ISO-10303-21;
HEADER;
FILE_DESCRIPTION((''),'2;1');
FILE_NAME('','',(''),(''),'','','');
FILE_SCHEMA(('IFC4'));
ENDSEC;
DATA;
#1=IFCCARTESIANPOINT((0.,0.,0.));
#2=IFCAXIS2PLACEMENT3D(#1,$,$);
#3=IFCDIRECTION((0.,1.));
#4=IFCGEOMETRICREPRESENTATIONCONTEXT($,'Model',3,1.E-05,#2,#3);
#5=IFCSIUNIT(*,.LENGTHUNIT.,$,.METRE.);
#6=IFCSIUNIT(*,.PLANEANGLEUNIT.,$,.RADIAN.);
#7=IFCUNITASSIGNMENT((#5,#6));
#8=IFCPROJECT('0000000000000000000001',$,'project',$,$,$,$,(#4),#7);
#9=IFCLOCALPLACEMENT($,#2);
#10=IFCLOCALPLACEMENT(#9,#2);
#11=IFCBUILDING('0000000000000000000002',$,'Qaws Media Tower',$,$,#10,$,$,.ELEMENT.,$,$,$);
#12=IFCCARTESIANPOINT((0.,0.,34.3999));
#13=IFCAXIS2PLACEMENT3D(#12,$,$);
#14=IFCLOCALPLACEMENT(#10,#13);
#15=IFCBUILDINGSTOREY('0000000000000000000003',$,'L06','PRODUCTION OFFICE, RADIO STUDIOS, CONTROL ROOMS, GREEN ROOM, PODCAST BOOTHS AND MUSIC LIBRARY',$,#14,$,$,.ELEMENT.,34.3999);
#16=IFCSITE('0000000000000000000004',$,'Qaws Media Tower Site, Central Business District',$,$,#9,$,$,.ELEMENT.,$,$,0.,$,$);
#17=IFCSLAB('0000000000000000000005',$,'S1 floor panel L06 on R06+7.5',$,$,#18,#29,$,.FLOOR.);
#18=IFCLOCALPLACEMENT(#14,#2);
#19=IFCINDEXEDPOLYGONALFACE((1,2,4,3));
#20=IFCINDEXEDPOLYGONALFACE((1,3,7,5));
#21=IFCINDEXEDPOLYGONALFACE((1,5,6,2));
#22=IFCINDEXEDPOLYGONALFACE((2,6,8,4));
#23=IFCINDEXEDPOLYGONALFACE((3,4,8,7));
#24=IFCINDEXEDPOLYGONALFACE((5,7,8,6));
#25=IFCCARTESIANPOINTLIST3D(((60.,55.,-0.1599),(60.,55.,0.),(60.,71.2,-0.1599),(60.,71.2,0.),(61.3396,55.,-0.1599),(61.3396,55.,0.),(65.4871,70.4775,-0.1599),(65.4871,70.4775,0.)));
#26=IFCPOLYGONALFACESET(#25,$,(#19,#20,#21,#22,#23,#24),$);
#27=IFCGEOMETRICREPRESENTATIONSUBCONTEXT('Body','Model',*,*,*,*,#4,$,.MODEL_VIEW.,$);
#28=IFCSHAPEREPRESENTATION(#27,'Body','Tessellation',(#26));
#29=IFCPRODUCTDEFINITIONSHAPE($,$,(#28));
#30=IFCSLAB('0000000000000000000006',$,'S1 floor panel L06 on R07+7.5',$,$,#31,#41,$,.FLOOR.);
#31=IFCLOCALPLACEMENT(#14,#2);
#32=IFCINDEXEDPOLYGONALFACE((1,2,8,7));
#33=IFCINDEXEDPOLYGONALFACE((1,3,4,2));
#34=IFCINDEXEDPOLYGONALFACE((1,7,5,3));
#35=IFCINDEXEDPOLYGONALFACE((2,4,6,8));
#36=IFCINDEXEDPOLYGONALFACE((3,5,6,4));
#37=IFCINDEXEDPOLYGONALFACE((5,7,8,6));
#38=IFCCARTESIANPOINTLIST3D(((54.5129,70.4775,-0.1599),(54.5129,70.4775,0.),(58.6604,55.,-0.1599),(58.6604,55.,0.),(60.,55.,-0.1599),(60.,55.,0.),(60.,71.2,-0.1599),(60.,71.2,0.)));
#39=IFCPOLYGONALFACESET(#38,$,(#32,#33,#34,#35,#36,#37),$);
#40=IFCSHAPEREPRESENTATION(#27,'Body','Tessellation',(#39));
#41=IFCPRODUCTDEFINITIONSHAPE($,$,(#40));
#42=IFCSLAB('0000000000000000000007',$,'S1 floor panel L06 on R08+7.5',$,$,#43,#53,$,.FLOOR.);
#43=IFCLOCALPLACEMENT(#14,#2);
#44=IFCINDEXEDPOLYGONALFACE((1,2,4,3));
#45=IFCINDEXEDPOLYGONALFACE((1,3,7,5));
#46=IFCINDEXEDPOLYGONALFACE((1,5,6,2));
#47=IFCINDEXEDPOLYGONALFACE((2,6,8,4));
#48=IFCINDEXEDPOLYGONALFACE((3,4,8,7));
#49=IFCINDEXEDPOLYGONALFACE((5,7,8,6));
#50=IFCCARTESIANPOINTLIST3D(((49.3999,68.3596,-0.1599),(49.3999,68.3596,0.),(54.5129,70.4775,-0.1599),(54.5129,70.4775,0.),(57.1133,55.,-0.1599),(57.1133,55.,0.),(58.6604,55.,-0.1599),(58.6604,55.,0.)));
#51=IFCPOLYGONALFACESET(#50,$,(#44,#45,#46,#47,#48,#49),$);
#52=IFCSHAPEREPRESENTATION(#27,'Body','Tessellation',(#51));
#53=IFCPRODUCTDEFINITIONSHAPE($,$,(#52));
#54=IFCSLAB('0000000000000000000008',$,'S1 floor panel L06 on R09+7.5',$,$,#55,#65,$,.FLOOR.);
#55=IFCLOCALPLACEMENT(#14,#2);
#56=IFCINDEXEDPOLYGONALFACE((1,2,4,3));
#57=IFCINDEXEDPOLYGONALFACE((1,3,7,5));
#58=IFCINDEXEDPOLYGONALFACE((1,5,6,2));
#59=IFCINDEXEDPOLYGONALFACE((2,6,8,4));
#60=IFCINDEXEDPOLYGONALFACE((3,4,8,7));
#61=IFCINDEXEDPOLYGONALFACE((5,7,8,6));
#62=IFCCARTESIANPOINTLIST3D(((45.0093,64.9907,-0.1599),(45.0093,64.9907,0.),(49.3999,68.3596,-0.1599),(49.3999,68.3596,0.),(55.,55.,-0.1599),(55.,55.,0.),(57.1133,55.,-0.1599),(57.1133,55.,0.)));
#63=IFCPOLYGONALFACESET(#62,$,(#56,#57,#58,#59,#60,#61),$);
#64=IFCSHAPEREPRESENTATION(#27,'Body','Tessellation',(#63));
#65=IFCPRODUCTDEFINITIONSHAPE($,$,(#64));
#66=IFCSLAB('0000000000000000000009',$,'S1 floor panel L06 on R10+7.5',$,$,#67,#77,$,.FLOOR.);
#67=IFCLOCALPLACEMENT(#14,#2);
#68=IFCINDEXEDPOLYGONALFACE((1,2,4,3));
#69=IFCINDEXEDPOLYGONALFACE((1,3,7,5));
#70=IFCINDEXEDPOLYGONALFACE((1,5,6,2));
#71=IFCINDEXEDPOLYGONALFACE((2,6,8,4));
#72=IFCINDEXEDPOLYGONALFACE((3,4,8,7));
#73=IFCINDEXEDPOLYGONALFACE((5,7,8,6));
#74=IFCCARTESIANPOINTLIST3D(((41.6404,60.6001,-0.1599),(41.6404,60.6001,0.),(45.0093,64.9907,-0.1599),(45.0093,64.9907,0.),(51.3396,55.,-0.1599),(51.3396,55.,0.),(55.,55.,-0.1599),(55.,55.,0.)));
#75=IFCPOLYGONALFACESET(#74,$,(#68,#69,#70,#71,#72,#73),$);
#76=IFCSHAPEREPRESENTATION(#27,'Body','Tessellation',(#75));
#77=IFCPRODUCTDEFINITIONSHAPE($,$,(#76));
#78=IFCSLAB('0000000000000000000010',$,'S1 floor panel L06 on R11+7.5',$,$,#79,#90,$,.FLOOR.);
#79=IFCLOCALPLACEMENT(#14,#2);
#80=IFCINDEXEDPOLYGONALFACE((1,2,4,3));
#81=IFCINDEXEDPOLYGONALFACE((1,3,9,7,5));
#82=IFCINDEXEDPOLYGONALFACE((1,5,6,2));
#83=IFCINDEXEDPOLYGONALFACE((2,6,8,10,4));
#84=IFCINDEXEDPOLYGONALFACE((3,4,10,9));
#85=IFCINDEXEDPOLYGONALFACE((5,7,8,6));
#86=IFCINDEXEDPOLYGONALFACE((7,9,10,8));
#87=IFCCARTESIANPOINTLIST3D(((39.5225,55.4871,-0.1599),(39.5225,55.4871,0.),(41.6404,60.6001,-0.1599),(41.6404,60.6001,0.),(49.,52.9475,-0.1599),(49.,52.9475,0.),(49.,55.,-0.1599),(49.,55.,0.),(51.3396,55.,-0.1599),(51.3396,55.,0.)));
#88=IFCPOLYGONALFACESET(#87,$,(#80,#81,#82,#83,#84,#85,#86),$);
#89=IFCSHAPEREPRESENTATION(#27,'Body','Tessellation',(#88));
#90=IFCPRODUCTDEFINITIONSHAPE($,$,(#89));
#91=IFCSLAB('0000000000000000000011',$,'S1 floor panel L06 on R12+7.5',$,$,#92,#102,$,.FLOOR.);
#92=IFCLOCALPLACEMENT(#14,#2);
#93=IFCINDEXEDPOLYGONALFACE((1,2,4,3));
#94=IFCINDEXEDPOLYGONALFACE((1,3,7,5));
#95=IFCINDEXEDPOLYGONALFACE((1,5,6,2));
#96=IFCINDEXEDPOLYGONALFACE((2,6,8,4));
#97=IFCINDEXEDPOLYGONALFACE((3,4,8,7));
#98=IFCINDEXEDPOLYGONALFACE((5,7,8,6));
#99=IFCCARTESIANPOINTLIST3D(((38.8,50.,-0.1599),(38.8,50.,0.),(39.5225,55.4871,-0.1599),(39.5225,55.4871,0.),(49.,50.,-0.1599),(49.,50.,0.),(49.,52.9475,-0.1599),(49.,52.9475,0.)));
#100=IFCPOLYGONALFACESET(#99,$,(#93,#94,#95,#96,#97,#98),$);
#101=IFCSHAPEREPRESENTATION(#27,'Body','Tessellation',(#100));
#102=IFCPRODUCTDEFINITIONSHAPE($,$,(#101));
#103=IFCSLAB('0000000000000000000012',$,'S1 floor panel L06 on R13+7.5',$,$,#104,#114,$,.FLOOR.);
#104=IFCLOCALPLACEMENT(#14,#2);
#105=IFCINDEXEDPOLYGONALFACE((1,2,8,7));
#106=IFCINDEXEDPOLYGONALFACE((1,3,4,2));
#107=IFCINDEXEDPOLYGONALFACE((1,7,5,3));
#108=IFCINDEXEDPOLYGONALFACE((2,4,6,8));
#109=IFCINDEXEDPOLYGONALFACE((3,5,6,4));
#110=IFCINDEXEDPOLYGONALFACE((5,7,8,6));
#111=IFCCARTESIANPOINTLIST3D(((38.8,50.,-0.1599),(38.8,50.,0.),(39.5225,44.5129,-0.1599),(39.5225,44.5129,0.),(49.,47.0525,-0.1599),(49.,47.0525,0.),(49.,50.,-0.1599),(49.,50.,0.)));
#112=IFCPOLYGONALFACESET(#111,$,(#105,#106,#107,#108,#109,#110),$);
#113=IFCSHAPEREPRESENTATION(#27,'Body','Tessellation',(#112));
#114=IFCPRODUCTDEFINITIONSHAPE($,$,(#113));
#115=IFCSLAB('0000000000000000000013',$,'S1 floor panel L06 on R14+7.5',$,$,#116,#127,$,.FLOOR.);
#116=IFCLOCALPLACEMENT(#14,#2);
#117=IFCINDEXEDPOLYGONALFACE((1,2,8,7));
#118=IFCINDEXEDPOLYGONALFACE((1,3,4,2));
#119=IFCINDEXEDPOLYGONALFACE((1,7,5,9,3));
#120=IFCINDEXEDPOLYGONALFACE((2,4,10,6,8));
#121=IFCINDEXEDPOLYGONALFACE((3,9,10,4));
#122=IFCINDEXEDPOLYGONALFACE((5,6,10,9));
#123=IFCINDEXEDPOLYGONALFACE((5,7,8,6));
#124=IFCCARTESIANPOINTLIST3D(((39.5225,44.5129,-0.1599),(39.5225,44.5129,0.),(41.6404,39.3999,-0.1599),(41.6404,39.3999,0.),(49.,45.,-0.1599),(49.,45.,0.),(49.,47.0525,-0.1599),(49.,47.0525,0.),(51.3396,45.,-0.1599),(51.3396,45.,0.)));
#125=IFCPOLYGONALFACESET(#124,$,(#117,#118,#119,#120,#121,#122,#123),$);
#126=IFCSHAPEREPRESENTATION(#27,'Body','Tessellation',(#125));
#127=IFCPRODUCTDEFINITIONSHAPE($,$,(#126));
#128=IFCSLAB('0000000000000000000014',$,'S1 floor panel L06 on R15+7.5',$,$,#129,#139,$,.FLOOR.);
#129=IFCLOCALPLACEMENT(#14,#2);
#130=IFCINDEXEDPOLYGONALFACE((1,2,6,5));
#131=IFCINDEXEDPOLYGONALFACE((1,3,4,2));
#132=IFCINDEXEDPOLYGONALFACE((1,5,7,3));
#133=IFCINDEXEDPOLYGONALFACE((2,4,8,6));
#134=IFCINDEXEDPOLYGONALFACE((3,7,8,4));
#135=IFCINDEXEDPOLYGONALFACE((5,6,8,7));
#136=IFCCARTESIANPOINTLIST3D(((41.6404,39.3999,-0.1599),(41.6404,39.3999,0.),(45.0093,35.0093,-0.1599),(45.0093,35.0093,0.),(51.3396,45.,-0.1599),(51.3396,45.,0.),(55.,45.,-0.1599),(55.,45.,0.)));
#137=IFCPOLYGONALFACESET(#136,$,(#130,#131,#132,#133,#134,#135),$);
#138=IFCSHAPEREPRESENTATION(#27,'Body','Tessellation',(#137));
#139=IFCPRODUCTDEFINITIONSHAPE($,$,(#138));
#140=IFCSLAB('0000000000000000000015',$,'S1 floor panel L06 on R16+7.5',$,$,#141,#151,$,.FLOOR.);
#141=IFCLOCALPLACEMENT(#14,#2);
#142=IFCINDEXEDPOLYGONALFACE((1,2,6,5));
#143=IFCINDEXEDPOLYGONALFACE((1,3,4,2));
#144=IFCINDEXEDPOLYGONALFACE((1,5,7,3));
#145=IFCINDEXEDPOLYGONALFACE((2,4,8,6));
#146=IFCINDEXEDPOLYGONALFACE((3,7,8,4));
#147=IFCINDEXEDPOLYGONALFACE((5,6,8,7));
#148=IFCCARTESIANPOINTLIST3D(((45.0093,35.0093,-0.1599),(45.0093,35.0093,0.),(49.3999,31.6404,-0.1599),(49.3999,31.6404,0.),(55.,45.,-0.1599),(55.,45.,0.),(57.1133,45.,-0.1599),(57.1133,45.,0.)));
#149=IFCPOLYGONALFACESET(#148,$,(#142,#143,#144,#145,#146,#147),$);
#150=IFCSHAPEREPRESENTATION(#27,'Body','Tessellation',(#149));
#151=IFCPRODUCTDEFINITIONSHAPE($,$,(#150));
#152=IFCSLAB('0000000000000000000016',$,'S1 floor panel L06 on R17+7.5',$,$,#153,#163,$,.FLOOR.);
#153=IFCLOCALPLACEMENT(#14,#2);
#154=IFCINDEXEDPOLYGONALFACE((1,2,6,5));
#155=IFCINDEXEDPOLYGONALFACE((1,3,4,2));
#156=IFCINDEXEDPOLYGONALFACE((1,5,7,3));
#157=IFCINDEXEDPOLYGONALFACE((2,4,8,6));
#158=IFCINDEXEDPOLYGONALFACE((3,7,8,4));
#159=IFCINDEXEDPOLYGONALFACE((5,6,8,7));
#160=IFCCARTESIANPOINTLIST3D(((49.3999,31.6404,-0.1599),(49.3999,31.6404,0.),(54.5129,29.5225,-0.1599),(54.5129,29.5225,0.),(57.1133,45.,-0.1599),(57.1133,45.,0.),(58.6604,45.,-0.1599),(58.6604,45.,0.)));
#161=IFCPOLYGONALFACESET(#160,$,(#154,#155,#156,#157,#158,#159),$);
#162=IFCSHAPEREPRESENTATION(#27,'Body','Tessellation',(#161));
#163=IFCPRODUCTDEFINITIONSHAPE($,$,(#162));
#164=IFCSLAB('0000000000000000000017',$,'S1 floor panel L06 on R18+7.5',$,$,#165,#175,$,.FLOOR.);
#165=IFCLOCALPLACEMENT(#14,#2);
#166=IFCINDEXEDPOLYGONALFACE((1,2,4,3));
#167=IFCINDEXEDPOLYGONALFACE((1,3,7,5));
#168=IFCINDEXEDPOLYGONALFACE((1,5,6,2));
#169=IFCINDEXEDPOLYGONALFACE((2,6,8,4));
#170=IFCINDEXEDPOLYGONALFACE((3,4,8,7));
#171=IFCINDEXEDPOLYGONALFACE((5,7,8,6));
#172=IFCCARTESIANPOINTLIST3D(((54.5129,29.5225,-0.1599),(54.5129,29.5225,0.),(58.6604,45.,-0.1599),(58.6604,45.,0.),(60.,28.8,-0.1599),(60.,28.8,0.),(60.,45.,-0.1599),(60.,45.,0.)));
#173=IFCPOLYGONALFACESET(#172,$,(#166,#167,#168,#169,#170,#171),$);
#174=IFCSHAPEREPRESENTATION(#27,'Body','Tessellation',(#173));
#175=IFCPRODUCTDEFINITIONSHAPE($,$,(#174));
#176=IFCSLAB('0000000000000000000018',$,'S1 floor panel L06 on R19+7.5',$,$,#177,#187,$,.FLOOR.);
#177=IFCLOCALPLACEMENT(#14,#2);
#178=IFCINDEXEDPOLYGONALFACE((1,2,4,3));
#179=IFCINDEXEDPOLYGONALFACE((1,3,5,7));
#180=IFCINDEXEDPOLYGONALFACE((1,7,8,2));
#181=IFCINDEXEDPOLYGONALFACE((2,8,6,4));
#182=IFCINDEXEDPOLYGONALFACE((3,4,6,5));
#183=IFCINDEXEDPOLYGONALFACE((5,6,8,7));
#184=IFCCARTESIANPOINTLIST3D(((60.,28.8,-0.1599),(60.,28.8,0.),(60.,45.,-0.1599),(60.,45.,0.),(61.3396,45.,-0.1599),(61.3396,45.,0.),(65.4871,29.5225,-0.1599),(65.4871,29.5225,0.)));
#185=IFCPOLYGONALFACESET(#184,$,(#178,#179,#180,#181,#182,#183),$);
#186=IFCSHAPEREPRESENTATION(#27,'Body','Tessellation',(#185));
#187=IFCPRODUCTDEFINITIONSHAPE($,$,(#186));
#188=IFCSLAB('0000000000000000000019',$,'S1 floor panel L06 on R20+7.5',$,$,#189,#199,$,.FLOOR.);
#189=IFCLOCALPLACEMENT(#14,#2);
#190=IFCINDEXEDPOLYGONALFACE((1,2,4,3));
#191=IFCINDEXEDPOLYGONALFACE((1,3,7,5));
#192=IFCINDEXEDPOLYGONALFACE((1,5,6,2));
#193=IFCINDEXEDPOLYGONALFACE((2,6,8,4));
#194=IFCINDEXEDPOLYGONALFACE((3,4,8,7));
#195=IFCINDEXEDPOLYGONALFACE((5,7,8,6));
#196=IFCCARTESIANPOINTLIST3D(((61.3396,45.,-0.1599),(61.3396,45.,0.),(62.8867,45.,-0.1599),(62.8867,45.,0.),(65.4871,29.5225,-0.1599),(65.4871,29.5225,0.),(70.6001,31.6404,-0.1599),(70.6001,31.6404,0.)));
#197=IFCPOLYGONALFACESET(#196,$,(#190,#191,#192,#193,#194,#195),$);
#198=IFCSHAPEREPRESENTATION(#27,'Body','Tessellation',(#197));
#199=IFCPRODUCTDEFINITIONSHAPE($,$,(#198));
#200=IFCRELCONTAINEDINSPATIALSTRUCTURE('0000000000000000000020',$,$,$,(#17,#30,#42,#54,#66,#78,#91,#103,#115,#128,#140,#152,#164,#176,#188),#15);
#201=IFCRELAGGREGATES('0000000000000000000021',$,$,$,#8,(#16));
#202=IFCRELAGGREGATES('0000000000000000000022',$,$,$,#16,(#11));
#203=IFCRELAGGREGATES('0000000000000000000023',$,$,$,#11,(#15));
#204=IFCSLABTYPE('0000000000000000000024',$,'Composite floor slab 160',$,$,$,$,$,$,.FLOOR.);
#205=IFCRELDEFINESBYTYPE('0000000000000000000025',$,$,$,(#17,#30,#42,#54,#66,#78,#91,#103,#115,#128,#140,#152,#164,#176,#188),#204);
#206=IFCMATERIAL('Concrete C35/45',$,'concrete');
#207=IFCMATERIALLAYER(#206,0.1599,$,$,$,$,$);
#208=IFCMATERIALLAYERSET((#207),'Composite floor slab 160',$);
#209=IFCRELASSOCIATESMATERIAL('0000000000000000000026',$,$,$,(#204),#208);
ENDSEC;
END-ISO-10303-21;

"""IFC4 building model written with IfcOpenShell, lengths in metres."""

from ifc_helpers import new_model, si_unit, direction, frame, origin, place, context, subcontext, project, spatial, polyline, outline, extrude, material, layer, layer_set, type_object, element, save


model = new_model("IFC4")

# Units and contexts
model_context = context("Model", 3, precision=1e-05, world=origin(), true_north=direction((0.0, 1.0)))
body_context = subcontext(model_context, "Body", "Model", "MODEL_VIEW")
ifc_project = project(units=[si_unit("LENGTHUNIT", "METRE"), si_unit("PLANEANGLEUNIT", "RADIAN")], contexts=[model_context])

# Site, building, storey
site_placement = place(None, origin())
site = spatial("IfcSite", under=ifc_project, at=site_placement, Name="Qaws Media Tower Site, Central Business District", CompositionType="ELEMENT", RefElevation=0.0)
building_placement = place(site_placement, origin())
building = spatial("IfcBuilding", under=site, at=building_placement, Name="Qaws Media Tower", CompositionType="ELEMENT")
storey_placement = place(building_placement, frame((0.0, 0.0, 34.3999)))
storey = spatial("IfcBuildingStorey", under=building, at=storey_placement, Name="L06", Description="PRODUCTION OFFICE, RADIO STUDIOS, CONTROL ROOMS, GREEN ROOM, PODCAST BOOTHS AND MUSIC LIBRARY", CompositionType="ELEMENT", Elevation=34.3999)

# Slabs
ifc_material_1 = material(Name="Concrete C35/45", Category="concrete")
ifc_layer_1 = layer(ifc_material_1, 0.1599)
ifc_layer_set_1 = layer_set([ifc_layer_1], Name="Composite floor slab 160")
slab_type_1 = type_object("IfcSlabType", Name="Composite floor slab 160", PredefinedType="FLOOR", material=ifc_layer_set_1)
slab_1_placement = place(storey_placement, frame((0.0, 0.0, -0.1599)))
element("IfcSlab", 1, at=slab_1_placement, inside=storey, type_object=slab_type_1, Name="S1 floor panel L06 on R06+7.5", PredefinedType="FLOOR", context=body_context, shape_type="SweptSolid", body=[
    extrude(outline(polyline([(65.4871, 70.4775), (61.3396, 55.0), (60.0, 55.0), (60.0, 71.2), (65.4871, 70.4775)])), origin(), (0.0, 0.0, 1.0), 0.1599),
])
slab_2_placement = place(storey_placement, frame((0.0, 0.0, -0.1599)))
element("IfcSlab", 2, at=slab_2_placement, inside=storey, type_object=slab_type_1, Name="S1 floor panel L06 on R07+7.5", PredefinedType="FLOOR", context=body_context, shape_type="SweptSolid", body=[
    extrude(outline(polyline([(60.0, 71.2), (60.0, 55.0), (58.6604, 55.0), (54.5129, 70.4775), (60.0, 71.2)])), origin(), (0.0, 0.0, 1.0), 0.1599),
])
slab_3_placement = place(storey_placement, frame((0.0, 0.0, -0.1599)))
element("IfcSlab", 3, at=slab_3_placement, inside=storey, type_object=slab_type_1, Name="S1 floor panel L06 on R08+7.5", PredefinedType="FLOOR", context=body_context, shape_type="SweptSolid", body=[
    extrude(outline(polyline([(49.3999, 68.3596), (54.5129, 70.4775), (58.6604, 55.0), (57.1133, 55.0), (49.3999, 68.3596)])), origin(), (0.0, 0.0, 1.0), 0.1599),
])
slab_4_placement = place(storey_placement, frame((0.0, 0.0, -0.1599)))
element("IfcSlab", 4, at=slab_4_placement, inside=storey, type_object=slab_type_1, Name="S1 floor panel L06 on R09+7.5", PredefinedType="FLOOR", context=body_context, shape_type="SweptSolid", body=[
    extrude(outline(polyline([(49.3999, 68.3596), (57.1133, 55.0), (55.0, 55.0), (45.0093, 64.9907), (49.3999, 68.3596)])), origin(), (0.0, 0.0, 1.0), 0.1599),
])
slab_5_placement = place(storey_placement, frame((0.0, 0.0, -0.1599)))
element("IfcSlab", 5, at=slab_5_placement, inside=storey, type_object=slab_type_1, Name="S1 floor panel L06 on R10+7.5", PredefinedType="FLOOR", context=body_context, shape_type="SweptSolid", body=[
    extrude(outline(polyline([(41.6404, 60.6001), (45.0093, 64.9907), (55.0, 55.0), (51.3396, 55.0), (41.6404, 60.6001)])), origin(), (0.0, 0.0, 1.0), 0.1599),
])
slab_6_placement = place(storey_placement, frame((0.0, 0.0, -0.1599)))
element("IfcSlab", 6, at=slab_6_placement, inside=storey, type_object=slab_type_1, Name="S1 floor panel L06 on R11+7.5", PredefinedType="FLOOR", context=body_context, shape_type="SweptSolid", body=[
    extrude(outline(polyline([(39.5225, 55.4871), (41.6404, 60.6001), (51.3396, 55.0), (49.0, 55.0), (49.0, 52.9475), (39.5225, 55.4871)])), origin(), (0.0, 0.0, 1.0), 0.1599),
])
slab_7_placement = place(storey_placement, frame((0.0, 0.0, -0.1599)))
element("IfcSlab", 7, at=slab_7_placement, inside=storey, type_object=slab_type_1, Name="S1 floor panel L06 on R12+7.5", PredefinedType="FLOOR", context=body_context, shape_type="SweptSolid", body=[
    extrude(outline(polyline([(39.5225, 55.4871), (49.0, 52.9475), (49.0, 50.0), (38.8, 50.0), (39.5225, 55.4871)])), origin(), (0.0, 0.0, 1.0), 0.1599),
])
slab_8_placement = place(storey_placement, frame((0.0, 0.0, -0.1599)))
element("IfcSlab", 8, at=slab_8_placement, inside=storey, type_object=slab_type_1, Name="S1 floor panel L06 on R13+7.5", PredefinedType="FLOOR", context=body_context, shape_type="SweptSolid", body=[
    extrude(outline(polyline([(38.8, 50.0), (49.0, 50.0), (49.0, 47.0525), (39.5225, 44.5129), (38.8, 50.0)])), origin(), (0.0, 0.0, 1.0), 0.1599),
])
slab_9_placement = place(storey_placement, frame((0.0, 0.0, -0.1599)))
element("IfcSlab", 9, at=slab_9_placement, inside=storey, type_object=slab_type_1, Name="S1 floor panel L06 on R14+7.5", PredefinedType="FLOOR", context=body_context, shape_type="SweptSolid", body=[
    extrude(outline(polyline([(41.6404, 39.3999), (39.5225, 44.5129), (49.0, 47.0525), (49.0, 45.0), (51.3396, 45.0), (41.6404, 39.3999)])), origin(), (0.0, 0.0, 1.0), 0.1599),
])
slab_10_placement = place(storey_placement, frame((0.0, 0.0, -0.1599)))
element("IfcSlab", 10, at=slab_10_placement, inside=storey, type_object=slab_type_1, Name="S1 floor panel L06 on R15+7.5", PredefinedType="FLOOR", context=body_context, shape_type="SweptSolid", body=[
    extrude(outline(polyline([(41.6404, 39.3999), (51.3396, 45.0), (55.0, 45.0), (45.0093, 35.0093), (41.6404, 39.3999)])), origin(), (0.0, 0.0, 1.0), 0.1599),
])
slab_11_placement = place(storey_placement, frame((0.0, 0.0, -0.1599)))
element("IfcSlab", 11, at=slab_11_placement, inside=storey, type_object=slab_type_1, Name="S1 floor panel L06 on R16+7.5", PredefinedType="FLOOR", context=body_context, shape_type="SweptSolid", body=[
    extrude(outline(polyline([(45.0093, 35.0093), (55.0, 45.0), (57.1133, 45.0), (49.3999, 31.6404), (45.0093, 35.0093)])), origin(), (0.0, 0.0, 1.0), 0.1599),
])
slab_12_placement = place(storey_placement, frame((0.0, 0.0, -0.1599)))
element("IfcSlab", 12, at=slab_12_placement, inside=storey, type_object=slab_type_1, Name="S1 floor panel L06 on R17+7.5", PredefinedType="FLOOR", context=body_context, shape_type="SweptSolid", body=[
    extrude(outline(polyline([(54.5129, 29.5225), (49.3999, 31.6404), (57.1133, 45.0), (58.6604, 45.0), (54.5129, 29.5225)])), origin(), (0.0, 0.0, 1.0), 0.1599),
])
slab_13_placement = place(storey_placement, frame((0.0, 0.0, -0.1599)))
element("IfcSlab", 13, at=slab_13_placement, inside=storey, type_object=slab_type_1, Name="S1 floor panel L06 on R18+7.5", PredefinedType="FLOOR", context=body_context, shape_type="SweptSolid", body=[
    extrude(outline(polyline([(54.5129, 29.5225), (58.6604, 45.0), (60.0, 45.0), (60.0, 28.8), (54.5129, 29.5225)])), origin(), (0.0, 0.0, 1.0), 0.1599),
])
slab_14_placement = place(storey_placement, frame((0.0, 0.0, -0.1599)))
element("IfcSlab", 14, at=slab_14_placement, inside=storey, type_object=slab_type_1, Name="S1 floor panel L06 on R19+7.5", PredefinedType="FLOOR", context=body_context, shape_type="SweptSolid", body=[
    extrude(outline(polyline([(60.0, 28.8), (60.0, 45.0), (61.3396, 45.0), (65.4871, 29.5225), (60.0, 28.8)])), origin(), (0.0, 0.0, 1.0), 0.1599),
])
slab_15_placement = place(storey_placement, frame((0.0, 0.0, -0.1599)))
element("IfcSlab", 15, at=slab_15_placement, inside=storey, type_object=slab_type_1, Name="S1 floor panel L06 on R20+7.5", PredefinedType="FLOOR", context=body_context, shape_type="SweptSolid", body=[
    extrude(outline(polyline([(70.6001, 31.6404), (65.4871, 29.5225), (61.3396, 45.0), (62.8867, 45.0), (70.6001, 31.6404)])), origin(), (0.0, 0.0, 1.0), 0.1599),
])

save(model, "model.ifc")
